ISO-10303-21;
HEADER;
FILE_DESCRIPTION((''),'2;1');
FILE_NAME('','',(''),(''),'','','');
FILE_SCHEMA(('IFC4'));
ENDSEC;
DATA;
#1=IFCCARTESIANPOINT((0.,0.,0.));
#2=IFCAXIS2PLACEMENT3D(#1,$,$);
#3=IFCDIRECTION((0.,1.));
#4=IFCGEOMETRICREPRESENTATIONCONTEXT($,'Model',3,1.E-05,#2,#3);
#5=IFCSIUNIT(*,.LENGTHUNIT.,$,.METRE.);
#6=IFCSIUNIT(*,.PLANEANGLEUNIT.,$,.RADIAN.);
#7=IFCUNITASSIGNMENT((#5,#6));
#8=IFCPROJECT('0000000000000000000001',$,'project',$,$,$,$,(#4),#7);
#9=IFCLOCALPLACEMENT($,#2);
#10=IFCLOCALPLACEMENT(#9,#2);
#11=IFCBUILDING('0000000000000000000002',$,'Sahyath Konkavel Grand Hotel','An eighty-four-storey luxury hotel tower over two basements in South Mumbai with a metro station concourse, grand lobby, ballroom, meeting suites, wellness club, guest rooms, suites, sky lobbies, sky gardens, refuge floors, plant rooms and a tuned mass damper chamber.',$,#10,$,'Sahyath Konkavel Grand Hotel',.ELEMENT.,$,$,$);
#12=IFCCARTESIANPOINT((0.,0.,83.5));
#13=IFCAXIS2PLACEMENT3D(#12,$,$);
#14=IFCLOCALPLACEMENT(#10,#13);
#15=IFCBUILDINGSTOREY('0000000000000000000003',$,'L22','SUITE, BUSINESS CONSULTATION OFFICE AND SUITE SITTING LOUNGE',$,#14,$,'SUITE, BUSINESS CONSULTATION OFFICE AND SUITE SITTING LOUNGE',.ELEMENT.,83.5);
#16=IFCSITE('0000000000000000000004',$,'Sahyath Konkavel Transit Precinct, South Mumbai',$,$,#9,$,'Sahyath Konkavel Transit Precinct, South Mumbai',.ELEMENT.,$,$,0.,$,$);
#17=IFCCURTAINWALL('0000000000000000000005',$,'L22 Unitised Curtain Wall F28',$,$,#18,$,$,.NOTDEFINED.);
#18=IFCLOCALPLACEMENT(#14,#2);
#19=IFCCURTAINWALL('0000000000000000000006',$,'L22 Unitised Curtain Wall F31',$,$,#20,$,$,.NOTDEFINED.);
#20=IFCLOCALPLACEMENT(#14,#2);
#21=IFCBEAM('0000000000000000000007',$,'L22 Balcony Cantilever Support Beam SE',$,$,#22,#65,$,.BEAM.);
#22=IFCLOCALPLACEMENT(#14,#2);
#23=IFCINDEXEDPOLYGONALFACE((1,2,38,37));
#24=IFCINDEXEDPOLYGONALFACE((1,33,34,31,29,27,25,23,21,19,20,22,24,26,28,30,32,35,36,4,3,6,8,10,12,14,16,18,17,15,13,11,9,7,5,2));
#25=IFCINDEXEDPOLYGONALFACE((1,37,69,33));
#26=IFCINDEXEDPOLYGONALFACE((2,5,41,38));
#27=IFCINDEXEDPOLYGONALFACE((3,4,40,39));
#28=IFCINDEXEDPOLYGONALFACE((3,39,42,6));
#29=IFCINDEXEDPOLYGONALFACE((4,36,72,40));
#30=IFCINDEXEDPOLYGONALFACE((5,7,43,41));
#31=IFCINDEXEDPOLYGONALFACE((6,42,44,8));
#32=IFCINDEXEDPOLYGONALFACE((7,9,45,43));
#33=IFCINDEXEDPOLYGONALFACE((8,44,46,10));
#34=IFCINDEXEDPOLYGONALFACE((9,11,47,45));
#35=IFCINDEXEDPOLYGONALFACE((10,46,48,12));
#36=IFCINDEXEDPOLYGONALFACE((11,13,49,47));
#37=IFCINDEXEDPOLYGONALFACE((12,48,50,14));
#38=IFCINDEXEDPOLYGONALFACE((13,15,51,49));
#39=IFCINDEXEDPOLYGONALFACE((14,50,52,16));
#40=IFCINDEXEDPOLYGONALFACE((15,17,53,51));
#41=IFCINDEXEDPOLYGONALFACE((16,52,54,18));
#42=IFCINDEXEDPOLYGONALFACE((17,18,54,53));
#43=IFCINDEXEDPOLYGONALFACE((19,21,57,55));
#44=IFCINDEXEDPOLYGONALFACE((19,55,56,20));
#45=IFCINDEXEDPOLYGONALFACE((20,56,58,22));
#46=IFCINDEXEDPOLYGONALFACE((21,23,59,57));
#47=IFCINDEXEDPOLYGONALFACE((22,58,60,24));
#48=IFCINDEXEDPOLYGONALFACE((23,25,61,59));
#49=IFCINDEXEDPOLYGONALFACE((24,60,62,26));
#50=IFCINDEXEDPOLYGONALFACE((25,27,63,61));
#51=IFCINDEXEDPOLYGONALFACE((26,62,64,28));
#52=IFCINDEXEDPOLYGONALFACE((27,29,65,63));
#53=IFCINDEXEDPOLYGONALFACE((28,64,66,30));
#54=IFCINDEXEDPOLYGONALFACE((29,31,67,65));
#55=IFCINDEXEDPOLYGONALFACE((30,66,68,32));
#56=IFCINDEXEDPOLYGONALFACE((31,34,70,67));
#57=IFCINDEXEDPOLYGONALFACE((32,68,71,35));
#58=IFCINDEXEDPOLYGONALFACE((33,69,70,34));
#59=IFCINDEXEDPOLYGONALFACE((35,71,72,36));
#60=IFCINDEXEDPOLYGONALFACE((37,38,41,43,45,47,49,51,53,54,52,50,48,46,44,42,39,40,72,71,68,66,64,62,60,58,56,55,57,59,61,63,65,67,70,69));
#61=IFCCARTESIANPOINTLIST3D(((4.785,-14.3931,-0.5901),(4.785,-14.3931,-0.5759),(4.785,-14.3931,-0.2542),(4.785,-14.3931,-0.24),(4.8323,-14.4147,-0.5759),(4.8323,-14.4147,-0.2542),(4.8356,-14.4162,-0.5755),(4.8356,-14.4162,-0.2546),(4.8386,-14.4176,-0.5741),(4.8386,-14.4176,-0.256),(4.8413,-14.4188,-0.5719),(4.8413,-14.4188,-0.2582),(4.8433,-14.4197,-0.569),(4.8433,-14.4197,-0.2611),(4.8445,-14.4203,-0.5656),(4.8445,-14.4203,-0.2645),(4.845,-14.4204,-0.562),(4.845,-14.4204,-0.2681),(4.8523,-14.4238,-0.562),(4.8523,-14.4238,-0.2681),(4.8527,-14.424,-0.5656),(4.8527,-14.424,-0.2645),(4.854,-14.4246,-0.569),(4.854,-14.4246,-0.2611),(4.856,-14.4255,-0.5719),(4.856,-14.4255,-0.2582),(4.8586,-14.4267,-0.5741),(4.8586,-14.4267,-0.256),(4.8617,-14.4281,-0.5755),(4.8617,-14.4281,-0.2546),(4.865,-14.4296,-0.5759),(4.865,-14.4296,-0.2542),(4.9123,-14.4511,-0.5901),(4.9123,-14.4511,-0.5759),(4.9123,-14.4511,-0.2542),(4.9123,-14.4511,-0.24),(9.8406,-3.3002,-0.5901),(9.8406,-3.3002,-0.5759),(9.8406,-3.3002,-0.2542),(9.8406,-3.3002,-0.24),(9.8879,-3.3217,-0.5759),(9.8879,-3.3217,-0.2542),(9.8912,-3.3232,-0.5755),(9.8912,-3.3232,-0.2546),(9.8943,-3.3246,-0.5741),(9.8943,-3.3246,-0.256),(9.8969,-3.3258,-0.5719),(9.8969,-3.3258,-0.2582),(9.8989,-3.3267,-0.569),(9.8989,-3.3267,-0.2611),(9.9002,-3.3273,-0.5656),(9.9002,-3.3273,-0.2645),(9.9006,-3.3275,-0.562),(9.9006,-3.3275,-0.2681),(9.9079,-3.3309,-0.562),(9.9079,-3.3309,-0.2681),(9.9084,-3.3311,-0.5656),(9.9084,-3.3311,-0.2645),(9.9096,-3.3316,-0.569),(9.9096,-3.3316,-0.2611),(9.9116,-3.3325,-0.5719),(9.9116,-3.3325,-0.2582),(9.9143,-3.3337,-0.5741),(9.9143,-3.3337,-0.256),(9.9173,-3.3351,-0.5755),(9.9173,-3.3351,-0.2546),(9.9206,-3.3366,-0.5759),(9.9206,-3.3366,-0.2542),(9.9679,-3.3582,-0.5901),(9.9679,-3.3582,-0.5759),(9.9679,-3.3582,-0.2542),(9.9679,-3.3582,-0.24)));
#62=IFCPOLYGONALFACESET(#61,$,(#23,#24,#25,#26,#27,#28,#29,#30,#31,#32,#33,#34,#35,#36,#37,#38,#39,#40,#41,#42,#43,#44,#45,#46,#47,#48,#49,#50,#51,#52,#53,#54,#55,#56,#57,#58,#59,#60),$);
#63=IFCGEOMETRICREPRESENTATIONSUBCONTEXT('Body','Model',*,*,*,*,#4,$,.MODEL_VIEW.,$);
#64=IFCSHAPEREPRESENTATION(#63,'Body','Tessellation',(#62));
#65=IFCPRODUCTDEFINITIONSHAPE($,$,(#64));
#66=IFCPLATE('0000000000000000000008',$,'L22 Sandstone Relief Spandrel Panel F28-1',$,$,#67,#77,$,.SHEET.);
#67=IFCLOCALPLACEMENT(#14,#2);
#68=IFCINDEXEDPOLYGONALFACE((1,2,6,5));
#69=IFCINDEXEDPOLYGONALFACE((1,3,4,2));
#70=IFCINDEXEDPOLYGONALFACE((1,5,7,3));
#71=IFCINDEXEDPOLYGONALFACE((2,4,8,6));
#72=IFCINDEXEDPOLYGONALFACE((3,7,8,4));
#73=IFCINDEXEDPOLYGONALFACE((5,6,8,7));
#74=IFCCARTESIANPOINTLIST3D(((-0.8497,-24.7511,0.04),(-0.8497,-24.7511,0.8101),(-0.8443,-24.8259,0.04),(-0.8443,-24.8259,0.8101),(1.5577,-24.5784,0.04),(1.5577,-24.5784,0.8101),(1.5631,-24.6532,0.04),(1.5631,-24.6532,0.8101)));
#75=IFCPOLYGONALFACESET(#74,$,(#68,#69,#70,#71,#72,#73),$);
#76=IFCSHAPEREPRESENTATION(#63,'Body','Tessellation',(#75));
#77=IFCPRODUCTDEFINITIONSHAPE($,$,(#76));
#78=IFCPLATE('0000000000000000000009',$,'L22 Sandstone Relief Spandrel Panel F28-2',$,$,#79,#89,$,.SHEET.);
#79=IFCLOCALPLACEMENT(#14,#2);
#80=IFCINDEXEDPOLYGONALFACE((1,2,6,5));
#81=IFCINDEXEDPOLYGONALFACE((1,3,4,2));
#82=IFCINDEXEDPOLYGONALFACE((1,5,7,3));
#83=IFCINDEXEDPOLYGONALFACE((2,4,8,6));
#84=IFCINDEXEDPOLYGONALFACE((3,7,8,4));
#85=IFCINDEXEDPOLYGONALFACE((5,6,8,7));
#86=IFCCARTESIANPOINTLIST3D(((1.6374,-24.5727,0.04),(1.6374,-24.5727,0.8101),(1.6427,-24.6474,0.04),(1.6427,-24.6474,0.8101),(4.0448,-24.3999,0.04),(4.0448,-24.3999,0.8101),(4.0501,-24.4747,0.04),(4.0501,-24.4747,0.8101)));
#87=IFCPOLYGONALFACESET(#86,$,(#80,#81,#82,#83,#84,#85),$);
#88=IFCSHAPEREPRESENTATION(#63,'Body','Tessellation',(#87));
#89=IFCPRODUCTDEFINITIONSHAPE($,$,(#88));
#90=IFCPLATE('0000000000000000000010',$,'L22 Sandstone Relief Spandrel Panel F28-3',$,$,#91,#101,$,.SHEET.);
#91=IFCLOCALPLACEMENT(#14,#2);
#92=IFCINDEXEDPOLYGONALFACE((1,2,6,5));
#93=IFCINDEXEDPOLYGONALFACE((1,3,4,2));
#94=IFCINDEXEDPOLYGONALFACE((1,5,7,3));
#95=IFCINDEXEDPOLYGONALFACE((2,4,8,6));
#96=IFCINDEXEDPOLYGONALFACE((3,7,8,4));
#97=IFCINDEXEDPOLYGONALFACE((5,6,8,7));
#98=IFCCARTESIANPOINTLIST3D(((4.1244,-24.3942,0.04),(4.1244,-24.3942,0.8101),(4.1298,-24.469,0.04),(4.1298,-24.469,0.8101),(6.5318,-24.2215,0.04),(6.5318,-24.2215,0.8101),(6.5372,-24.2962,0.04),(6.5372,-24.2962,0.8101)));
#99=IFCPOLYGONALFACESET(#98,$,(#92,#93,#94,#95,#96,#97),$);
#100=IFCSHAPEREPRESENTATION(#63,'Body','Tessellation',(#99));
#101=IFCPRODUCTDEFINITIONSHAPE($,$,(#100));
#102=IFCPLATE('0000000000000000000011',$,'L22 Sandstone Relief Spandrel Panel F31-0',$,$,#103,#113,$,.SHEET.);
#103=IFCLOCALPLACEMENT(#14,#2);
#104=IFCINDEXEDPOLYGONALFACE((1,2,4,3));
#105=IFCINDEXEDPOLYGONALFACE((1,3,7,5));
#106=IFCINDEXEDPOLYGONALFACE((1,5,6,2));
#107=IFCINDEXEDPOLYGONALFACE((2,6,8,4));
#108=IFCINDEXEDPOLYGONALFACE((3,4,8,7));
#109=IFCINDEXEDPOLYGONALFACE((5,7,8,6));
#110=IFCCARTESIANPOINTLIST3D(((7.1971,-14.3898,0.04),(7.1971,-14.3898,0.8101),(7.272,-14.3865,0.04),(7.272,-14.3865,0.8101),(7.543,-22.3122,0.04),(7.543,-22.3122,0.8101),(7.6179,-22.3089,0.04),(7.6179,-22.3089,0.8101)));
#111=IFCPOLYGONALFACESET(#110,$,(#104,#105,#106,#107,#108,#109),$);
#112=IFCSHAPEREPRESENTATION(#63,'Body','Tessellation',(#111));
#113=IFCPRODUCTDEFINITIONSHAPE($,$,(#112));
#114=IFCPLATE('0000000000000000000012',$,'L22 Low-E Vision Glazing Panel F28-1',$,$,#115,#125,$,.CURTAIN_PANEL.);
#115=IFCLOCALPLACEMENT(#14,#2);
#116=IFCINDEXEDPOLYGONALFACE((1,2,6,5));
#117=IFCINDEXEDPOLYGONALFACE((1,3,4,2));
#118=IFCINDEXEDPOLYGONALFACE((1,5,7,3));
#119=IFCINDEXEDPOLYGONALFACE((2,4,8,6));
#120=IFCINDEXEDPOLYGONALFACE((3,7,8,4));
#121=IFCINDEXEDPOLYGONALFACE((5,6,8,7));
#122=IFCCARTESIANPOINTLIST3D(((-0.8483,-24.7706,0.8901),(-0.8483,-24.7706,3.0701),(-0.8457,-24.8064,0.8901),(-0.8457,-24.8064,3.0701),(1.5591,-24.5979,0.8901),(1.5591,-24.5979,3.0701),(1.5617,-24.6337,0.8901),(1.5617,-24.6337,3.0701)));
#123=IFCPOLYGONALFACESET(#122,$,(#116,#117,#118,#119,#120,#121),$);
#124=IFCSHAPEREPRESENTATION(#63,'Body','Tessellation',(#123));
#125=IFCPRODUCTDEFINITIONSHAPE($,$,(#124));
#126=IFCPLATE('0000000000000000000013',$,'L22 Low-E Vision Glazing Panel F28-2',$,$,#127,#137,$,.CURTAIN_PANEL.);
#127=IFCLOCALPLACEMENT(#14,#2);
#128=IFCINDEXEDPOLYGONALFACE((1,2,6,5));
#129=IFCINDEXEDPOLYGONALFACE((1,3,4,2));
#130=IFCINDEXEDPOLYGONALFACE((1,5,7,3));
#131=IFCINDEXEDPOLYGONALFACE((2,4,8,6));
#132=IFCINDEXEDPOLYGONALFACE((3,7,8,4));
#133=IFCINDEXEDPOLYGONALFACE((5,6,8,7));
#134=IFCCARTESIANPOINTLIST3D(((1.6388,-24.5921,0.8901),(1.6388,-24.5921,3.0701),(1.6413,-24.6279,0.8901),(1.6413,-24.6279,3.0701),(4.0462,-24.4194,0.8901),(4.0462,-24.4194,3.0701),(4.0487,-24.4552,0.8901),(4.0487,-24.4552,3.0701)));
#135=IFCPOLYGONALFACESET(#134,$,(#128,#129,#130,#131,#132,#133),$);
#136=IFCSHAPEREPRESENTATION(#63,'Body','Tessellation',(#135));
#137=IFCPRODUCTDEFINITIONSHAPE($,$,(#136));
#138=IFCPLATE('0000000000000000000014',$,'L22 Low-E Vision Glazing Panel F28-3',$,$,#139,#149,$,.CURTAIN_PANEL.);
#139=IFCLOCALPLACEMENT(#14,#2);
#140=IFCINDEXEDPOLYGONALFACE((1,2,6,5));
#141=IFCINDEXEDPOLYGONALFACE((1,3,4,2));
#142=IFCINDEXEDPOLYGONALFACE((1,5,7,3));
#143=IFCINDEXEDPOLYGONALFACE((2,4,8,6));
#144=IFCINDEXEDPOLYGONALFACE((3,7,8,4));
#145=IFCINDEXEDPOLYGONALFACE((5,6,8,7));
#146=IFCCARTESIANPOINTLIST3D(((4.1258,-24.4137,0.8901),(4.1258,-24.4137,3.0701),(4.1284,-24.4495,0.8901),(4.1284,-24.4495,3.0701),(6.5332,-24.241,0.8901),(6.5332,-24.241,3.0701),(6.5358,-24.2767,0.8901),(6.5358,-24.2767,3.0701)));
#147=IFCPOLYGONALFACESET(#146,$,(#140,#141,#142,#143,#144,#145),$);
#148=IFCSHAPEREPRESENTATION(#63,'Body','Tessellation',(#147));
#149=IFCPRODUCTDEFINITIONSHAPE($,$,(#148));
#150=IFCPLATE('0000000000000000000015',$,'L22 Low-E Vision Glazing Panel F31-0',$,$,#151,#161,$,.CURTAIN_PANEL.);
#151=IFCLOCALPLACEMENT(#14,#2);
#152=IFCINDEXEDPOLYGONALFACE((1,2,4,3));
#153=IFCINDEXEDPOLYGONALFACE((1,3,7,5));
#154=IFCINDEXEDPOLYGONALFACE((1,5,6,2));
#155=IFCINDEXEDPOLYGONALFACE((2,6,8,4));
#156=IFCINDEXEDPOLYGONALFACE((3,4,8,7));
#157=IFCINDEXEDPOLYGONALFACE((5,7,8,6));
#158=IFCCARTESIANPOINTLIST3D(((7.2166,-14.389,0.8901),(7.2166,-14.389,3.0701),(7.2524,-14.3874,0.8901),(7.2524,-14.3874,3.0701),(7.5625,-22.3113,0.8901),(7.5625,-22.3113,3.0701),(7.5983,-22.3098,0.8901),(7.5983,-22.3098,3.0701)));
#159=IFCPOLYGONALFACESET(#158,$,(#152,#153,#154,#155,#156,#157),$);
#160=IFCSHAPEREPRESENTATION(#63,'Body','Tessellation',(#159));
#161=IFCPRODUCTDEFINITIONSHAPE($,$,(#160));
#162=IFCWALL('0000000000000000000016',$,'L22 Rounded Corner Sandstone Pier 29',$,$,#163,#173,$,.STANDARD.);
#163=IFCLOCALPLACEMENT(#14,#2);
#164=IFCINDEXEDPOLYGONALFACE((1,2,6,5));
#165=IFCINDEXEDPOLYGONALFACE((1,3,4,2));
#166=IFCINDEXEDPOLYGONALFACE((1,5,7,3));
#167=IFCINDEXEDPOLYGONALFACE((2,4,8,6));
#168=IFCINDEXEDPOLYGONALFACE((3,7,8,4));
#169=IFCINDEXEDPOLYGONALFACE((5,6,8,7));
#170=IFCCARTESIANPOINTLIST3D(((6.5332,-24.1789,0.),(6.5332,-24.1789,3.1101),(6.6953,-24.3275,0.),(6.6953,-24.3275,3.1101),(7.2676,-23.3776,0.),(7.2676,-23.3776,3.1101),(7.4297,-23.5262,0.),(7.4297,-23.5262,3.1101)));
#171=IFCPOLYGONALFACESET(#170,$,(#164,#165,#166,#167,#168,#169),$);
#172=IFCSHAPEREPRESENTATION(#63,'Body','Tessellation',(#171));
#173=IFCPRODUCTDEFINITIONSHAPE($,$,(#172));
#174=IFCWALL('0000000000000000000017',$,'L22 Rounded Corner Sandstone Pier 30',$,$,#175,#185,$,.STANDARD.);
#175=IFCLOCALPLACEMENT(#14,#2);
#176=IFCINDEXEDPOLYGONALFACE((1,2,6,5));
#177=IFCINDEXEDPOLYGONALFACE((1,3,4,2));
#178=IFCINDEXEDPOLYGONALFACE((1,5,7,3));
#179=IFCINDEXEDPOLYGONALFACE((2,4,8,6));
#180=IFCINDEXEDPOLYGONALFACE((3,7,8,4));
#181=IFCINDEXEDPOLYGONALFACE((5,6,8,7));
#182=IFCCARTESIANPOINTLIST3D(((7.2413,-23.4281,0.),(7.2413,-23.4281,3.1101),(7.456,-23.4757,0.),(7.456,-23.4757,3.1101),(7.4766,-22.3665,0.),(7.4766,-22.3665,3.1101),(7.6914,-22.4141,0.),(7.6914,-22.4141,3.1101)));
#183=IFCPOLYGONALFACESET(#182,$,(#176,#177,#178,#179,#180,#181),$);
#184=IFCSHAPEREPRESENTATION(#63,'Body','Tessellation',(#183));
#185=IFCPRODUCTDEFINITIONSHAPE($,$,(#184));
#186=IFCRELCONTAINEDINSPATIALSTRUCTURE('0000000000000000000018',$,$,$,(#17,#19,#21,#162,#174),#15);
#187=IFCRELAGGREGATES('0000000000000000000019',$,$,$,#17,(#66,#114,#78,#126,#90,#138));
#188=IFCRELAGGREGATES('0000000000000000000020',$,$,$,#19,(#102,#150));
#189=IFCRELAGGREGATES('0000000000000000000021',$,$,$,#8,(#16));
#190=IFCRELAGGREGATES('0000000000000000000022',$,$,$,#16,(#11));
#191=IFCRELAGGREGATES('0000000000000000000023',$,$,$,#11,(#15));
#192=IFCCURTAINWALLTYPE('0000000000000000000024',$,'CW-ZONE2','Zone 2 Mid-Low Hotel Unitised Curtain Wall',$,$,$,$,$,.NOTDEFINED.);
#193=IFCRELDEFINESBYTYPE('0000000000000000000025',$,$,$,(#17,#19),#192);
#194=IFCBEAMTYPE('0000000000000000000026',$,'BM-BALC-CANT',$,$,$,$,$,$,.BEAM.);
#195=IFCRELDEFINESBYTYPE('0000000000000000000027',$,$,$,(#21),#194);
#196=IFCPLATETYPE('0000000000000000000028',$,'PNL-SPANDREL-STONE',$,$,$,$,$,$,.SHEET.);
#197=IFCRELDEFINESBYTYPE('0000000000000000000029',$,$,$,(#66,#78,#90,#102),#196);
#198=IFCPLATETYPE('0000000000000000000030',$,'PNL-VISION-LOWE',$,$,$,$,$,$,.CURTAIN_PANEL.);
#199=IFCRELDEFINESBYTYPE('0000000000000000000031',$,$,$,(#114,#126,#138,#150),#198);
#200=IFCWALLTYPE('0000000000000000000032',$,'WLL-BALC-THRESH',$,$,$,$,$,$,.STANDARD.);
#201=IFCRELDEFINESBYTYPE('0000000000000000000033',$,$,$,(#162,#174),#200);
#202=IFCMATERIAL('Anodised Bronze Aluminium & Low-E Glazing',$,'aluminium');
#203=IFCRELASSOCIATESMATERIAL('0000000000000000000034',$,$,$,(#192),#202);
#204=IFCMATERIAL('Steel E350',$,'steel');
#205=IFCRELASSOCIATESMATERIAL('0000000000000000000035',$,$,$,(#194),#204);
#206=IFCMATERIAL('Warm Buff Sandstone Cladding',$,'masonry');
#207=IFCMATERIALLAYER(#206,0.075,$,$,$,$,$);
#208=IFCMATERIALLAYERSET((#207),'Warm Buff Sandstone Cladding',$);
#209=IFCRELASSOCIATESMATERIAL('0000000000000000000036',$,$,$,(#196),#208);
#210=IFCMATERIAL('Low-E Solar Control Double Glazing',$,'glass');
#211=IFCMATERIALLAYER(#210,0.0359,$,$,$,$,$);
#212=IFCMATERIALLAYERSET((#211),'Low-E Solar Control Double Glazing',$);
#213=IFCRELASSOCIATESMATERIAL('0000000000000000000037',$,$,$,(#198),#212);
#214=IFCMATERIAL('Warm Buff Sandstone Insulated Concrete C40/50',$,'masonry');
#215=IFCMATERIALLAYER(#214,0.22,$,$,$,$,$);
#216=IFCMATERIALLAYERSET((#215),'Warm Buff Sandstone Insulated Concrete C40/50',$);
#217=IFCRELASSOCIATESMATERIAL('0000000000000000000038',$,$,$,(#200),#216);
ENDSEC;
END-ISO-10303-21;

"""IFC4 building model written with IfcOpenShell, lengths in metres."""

from ifc_helpers import new_model, si_unit, direction, frame, frame_2d, origin, origin_2d, place, context, subcontext, project, spatial, rectangle, i_section, extrude, source, transform, mapped, material, layer, layer_set, material_profile, profile_set, type_object, element, aggregate, save


model = new_model("IFC4")

# Units and contexts
model_context = context("Model", 3, precision=1e-05, world=origin(), true_north=direction((0.0, 1.0)))
body_context = subcontext(model_context, "Body", "Model", "MODEL_VIEW")
ifc_project = project(units=[si_unit("LENGTHUNIT", "METRE"), si_unit("PLANEANGLEUNIT", "RADIAN")], contexts=[model_context])

# Site, building, storey
site_placement = place(None, origin())
site = spatial("IfcSite", under=ifc_project, at=site_placement, Name="Sahyath Konkavel Transit Precinct, South Mumbai", LongName="Sahyath Konkavel Transit Precinct, South Mumbai", CompositionType="ELEMENT", RefElevation=0.0)
building_placement = place(site_placement, origin())
building = spatial("IfcBuilding", under=site, at=building_placement, Name="Sahyath Konkavel Grand Hotel", Description="An eighty-four-storey luxury hotel tower over two basements in South Mumbai with a metro station concourse, grand lobby, ballroom, meeting suites, wellness club, guest rooms, suites, sky lobbies, sky gardens, refuge floors, plant rooms and a tuned mass damper chamber.", LongName="Sahyath Konkavel Grand Hotel", CompositionType="ELEMENT")
storey_placement = place(building_placement, frame((0.0, 0.0, 83.5)))
storey = spatial("IfcBuildingStorey", under=building, at=storey_placement, Name="L22", Description="SUITE, BUSINESS CONSULTATION OFFICE AND SUITE SITTING LOUNGE", LongName="SUITE, BUSINESS CONSULTATION OFFICE AND SUITE SITTING LOUNGE", CompositionType="ELEMENT", Elevation=83.5)

# Curtain walls
ifc_material_1 = material(Name="Anodised Bronze Aluminium & Low-E Glazing", Category="aluminium")
curtain_wall_type = type_object("IfcCurtainWallType", Name="CW-ZONE2", Description="Zone 2 Mid-Low Hotel Unitised Curtain Wall", PredefinedType="NOTDEFINED", material=ifc_material_1)
curtain_wall_1_placement = place(storey_placement, origin())
curtain_wall_1 = element("IfcCurtainWall", 1, at=curtain_wall_1_placement, inside=storey, type_object=curtain_wall_type, Name="L22 Unitised Curtain Wall F28", PredefinedType="NOTDEFINED")
curtain_wall_2_placement = place(storey_placement, origin())
curtain_wall_2 = element("IfcCurtainWall", 2, at=curtain_wall_2_placement, inside=storey, type_object=curtain_wall_type, Name="L22 Unitised Curtain Wall F31", PredefinedType="NOTDEFINED")

# Beam
ifc_material_2 = material(Name="Steel E350", Category="steel")
ifc_material_profile_1 = material_profile(ifc_material_2, i_section(OverallWidth=0.1399, OverallDepth=0.3501, WebThickness=0.0081, FlangeThickness=0.0142, FilletRadius=0.0139, at=origin_2d()), Name="ISMB 350")
ifc_profile_set_1 = profile_set([ifc_material_profile_1], Name="Steel E350")
beam_type = type_object("IfcBeamType", Name="BM-BALC-CANT", PredefinedType="BEAM", material=ifc_profile_set_1)
shared_shape_1 = source(origin(), body_context, "Body", "SweptSolid", [
    extrude(i_section(OverallWidth=0.1399, OverallDepth=0.3501, WebThickness=0.0081, FlangeThickness=0.0142, FilletRadius=0.0139, at=origin_2d()), origin(), (0.0, 0.0, 1.0), 12.1907),
])
beam_placement = place(storey_placement, frame((4.8486, -14.4221, -0.415), z_axis=(0.414713, 0.909952, 0.0), x_axis=(-0.909952, 0.414713, 0.0)))
element("IfcBeam", 3, at=beam_placement, inside=storey, type_object=beam_type, Name="L22 Balcony Cantilever Support Beam SE", PredefinedType="BEAM", context=body_context, shape_type="MappedRepresentation", body=[
    mapped(shared_shape_1, transform((0.0, 0.0, 0.0), scale=1.0)),
])

# Plates
ifc_material_3 = material(Name="Warm Buff Sandstone Cladding", Category="masonry")
ifc_layer_1 = layer(ifc_material_3, 0.075)
ifc_layer_set_1 = layer_set([ifc_layer_1], Name="Warm Buff Sandstone Cladding")
plate_type_1 = type_object("IfcPlateType", Name="PNL-SPANDREL-STONE", PredefinedType="SHEET", material=ifc_layer_set_1)
shared_shape_2 = source(origin(), body_context, "Body", "SweptSolid", [
    extrude(rectangle(XDim=2.4136, YDim=0.075, at=origin_2d()), origin(), (0.0, 0.0, 1.0), 0.77),
])
plate_1_placement = place(storey_placement, frame((0.3567, -24.7021, 0.04), z_axis=(0.0, 0.0, 1.0), x_axis=(0.997436, 0.071567, 0.0)))
plate_1 = element("IfcPlate", 4, at=plate_1_placement, type_object=plate_type_1, Name="L22 Sandstone Relief Spandrel Panel F28-1", PredefinedType="SHEET", context=body_context, shape_type="MappedRepresentation", body=[
    mapped(shared_shape_2, transform((0.0, 0.0, 0.0), scale=1.0)),
])
plate_2_placement = place(storey_placement, frame((2.8438, -24.5237, 0.04), z_axis=(0.0, 0.0, 1.0), x_axis=(0.997436, 0.071567, 0.0)))
plate_2 = element("IfcPlate", 5, at=plate_2_placement, type_object=plate_type_1, Name="L22 Sandstone Relief Spandrel Panel F28-2", PredefinedType="SHEET", context=body_context, shape_type="MappedRepresentation", body=[
    mapped(shared_shape_2, transform((0.0, 0.0, 0.0), scale=1.0)),
])
plate_3_placement = place(storey_placement, frame((5.3308, -24.3452, 0.04), z_axis=(0.0, 0.0, 1.0), x_axis=(0.997436, 0.071567, 0.0)))
plate_3 = element("IfcPlate", 6, at=plate_3_placement, type_object=plate_type_1, Name="L22 Sandstone Relief Spandrel Panel F28-3", PredefinedType="SHEET", context=body_context, shape_type="MappedRepresentation", body=[
    mapped(shared_shape_2, transform((0.0, 0.0, 0.0), scale=1.0)),
])
shared_shape_3 = source(origin(), body_context, "Body", "SweptSolid", [
    extrude(rectangle(XDim=7.9299, YDim=0.075, at=origin_2d()), origin(), (0.0, 0.0, 1.0), 0.77),
])
plate_4_placement = place(storey_placement, frame((7.4075, -18.3494, 0.04), z_axis=(0.0, 0.0, 1.0), x_axis=(-0.043619, 0.999048, 0.0)))
plate_4 = element("IfcPlate", 7, at=plate_4_placement, type_object=plate_type_1, Name="L22 Sandstone Relief Spandrel Panel F31-0", PredefinedType="SHEET", context=body_context, shape_type="MappedRepresentation", body=[
    mapped(shared_shape_3, transform((0.0, 0.0, 0.0), scale=1.0)),
])
ifc_material_4 = material(Name="Low-E Solar Control Double Glazing", Category="glass")
ifc_layer_2 = layer(ifc_material_4, 0.0359)
ifc_layer_set_2 = layer_set([ifc_layer_2], Name="Low-E Solar Control Double Glazing")
plate_type_2 = type_object("IfcPlateType", Name="PNL-VISION-LOWE", PredefinedType="CURTAIN_PANEL", material=ifc_layer_set_2)
shared_shape_4 = source(origin(), body_context, "Body", "SweptSolid", [
    extrude(rectangle(XDim=2.4136, YDim=0.0359, at=origin_2d()), origin(), (0.0, 0.0, 1.0), 2.1799),
])
plate_5_placement = place(storey_placement, frame((0.3567, -24.7021, 0.8901), z_axis=(0.0, 0.0, 1.0), x_axis=(0.997436, 0.071567, 0.0)))
plate_5 = element("IfcPlate", 8, at=plate_5_placement, type_object=plate_type_2, Name="L22 Low-E Vision Glazing Panel F28-1", PredefinedType="CURTAIN_PANEL", context=body_context, shape_type="MappedRepresentation", body=[
    mapped(shared_shape_4, transform((0.0, 0.0, 0.0), scale=1.0)),
])
plate_6_placement = place(storey_placement, frame((2.8438, -24.5237, 0.8901), z_axis=(0.0, 0.0, 1.0), x_axis=(0.997436, 0.071567, 0.0)))
plate_6 = element("IfcPlate", 9, at=plate_6_placement, type_object=plate_type_2, Name="L22 Low-E Vision Glazing Panel F28-2", PredefinedType="CURTAIN_PANEL", context=body_context, shape_type="MappedRepresentation", body=[
    mapped(shared_shape_4, transform((0.0, 0.0, 0.0), scale=1.0)),
])
plate_7_placement = place(storey_placement, frame((5.3308, -24.3452, 0.8901), z_axis=(0.0, 0.0, 1.0), x_axis=(0.997436, 0.071567, 0.0)))
plate_7 = element("IfcPlate", 10, at=plate_7_placement, type_object=plate_type_2, Name="L22 Low-E Vision Glazing Panel F28-3", PredefinedType="CURTAIN_PANEL", context=body_context, shape_type="MappedRepresentation", body=[
    mapped(shared_shape_4, transform((0.0, 0.0, 0.0), scale=1.0)),
])
aggregate(curtain_wall_1, [plate_1, plate_5, plate_2, plate_6, plate_3, plate_7])
shared_shape_5 = source(origin(), body_context, "Body", "SweptSolid", [
    extrude(rectangle(XDim=7.9299, YDim=0.0359, at=origin_2d()), origin(), (0.0, 0.0, 1.0), 2.1799),
])
plate_8_placement = place(storey_placement, frame((7.4075, -18.3494, 0.8901), z_axis=(0.0, 0.0, 1.0), x_axis=(-0.043619, 0.999048, 0.0)))
plate_8 = element("IfcPlate", 11, at=plate_8_placement, type_object=plate_type_2, Name="L22 Low-E Vision Glazing Panel F31-0", PredefinedType="CURTAIN_PANEL", context=body_context, shape_type="MappedRepresentation", body=[
    mapped(shared_shape_5, transform((0.0, 0.0, 0.0), scale=1.0)),
])
aggregate(curtain_wall_2, [plate_4, plate_8])

# Walls
ifc_material_5 = material(Name="Warm Buff Sandstone Insulated Concrete C40/50", Category="masonry")
ifc_layer_3 = layer(ifc_material_5, 0.22)
ifc_layer_set_3 = layer_set([ifc_layer_3], Name="Warm Buff Sandstone Insulated Concrete C40/50")
wall_type = type_object("IfcWallType", Name="WLL-BALC-THRESH", PredefinedType="STANDARD", material=ifc_layer_set_3)
wall_1_placement = place(storey_placement, frame((6.6143, -24.2532, 0.0), z_axis=(0.0, 0.0, 1.0), x_axis=(0.675664, 0.73721, 0.0)))
element("IfcWall", 12, at=wall_1_placement, inside=storey, type_object=wall_type, Name="L22 Rounded Corner Sandstone Pier 29", PredefinedType="STANDARD", context=body_context, shape_type="SweptSolid", body=[
    extrude(rectangle(XDim=1.0869, YDim=0.22, at=frame_2d((0.5435, 0.0))), origin(), (0.0, 0.0, 1.0), 3.1101),
])
wall_2_placement = place(storey_placement, frame((7.3486, -23.4519, 0.0), z_axis=(0.0, 0.0, 1.0), x_axis=(0.216455, 0.976293, 0.0)))
element("IfcWall", 13, at=wall_2_placement, inside=storey, type_object=wall_type, Name="L22 Rounded Corner Sandstone Pier 30", PredefinedType="STANDARD", context=body_context, shape_type="SweptSolid", body=[
    extrude(rectangle(XDim=1.0874, YDim=0.22, at=frame_2d((0.5437, 0.0))), origin(), (0.0, 0.0, 1.0), 3.1101),
])

save(model, "model.ifc")
